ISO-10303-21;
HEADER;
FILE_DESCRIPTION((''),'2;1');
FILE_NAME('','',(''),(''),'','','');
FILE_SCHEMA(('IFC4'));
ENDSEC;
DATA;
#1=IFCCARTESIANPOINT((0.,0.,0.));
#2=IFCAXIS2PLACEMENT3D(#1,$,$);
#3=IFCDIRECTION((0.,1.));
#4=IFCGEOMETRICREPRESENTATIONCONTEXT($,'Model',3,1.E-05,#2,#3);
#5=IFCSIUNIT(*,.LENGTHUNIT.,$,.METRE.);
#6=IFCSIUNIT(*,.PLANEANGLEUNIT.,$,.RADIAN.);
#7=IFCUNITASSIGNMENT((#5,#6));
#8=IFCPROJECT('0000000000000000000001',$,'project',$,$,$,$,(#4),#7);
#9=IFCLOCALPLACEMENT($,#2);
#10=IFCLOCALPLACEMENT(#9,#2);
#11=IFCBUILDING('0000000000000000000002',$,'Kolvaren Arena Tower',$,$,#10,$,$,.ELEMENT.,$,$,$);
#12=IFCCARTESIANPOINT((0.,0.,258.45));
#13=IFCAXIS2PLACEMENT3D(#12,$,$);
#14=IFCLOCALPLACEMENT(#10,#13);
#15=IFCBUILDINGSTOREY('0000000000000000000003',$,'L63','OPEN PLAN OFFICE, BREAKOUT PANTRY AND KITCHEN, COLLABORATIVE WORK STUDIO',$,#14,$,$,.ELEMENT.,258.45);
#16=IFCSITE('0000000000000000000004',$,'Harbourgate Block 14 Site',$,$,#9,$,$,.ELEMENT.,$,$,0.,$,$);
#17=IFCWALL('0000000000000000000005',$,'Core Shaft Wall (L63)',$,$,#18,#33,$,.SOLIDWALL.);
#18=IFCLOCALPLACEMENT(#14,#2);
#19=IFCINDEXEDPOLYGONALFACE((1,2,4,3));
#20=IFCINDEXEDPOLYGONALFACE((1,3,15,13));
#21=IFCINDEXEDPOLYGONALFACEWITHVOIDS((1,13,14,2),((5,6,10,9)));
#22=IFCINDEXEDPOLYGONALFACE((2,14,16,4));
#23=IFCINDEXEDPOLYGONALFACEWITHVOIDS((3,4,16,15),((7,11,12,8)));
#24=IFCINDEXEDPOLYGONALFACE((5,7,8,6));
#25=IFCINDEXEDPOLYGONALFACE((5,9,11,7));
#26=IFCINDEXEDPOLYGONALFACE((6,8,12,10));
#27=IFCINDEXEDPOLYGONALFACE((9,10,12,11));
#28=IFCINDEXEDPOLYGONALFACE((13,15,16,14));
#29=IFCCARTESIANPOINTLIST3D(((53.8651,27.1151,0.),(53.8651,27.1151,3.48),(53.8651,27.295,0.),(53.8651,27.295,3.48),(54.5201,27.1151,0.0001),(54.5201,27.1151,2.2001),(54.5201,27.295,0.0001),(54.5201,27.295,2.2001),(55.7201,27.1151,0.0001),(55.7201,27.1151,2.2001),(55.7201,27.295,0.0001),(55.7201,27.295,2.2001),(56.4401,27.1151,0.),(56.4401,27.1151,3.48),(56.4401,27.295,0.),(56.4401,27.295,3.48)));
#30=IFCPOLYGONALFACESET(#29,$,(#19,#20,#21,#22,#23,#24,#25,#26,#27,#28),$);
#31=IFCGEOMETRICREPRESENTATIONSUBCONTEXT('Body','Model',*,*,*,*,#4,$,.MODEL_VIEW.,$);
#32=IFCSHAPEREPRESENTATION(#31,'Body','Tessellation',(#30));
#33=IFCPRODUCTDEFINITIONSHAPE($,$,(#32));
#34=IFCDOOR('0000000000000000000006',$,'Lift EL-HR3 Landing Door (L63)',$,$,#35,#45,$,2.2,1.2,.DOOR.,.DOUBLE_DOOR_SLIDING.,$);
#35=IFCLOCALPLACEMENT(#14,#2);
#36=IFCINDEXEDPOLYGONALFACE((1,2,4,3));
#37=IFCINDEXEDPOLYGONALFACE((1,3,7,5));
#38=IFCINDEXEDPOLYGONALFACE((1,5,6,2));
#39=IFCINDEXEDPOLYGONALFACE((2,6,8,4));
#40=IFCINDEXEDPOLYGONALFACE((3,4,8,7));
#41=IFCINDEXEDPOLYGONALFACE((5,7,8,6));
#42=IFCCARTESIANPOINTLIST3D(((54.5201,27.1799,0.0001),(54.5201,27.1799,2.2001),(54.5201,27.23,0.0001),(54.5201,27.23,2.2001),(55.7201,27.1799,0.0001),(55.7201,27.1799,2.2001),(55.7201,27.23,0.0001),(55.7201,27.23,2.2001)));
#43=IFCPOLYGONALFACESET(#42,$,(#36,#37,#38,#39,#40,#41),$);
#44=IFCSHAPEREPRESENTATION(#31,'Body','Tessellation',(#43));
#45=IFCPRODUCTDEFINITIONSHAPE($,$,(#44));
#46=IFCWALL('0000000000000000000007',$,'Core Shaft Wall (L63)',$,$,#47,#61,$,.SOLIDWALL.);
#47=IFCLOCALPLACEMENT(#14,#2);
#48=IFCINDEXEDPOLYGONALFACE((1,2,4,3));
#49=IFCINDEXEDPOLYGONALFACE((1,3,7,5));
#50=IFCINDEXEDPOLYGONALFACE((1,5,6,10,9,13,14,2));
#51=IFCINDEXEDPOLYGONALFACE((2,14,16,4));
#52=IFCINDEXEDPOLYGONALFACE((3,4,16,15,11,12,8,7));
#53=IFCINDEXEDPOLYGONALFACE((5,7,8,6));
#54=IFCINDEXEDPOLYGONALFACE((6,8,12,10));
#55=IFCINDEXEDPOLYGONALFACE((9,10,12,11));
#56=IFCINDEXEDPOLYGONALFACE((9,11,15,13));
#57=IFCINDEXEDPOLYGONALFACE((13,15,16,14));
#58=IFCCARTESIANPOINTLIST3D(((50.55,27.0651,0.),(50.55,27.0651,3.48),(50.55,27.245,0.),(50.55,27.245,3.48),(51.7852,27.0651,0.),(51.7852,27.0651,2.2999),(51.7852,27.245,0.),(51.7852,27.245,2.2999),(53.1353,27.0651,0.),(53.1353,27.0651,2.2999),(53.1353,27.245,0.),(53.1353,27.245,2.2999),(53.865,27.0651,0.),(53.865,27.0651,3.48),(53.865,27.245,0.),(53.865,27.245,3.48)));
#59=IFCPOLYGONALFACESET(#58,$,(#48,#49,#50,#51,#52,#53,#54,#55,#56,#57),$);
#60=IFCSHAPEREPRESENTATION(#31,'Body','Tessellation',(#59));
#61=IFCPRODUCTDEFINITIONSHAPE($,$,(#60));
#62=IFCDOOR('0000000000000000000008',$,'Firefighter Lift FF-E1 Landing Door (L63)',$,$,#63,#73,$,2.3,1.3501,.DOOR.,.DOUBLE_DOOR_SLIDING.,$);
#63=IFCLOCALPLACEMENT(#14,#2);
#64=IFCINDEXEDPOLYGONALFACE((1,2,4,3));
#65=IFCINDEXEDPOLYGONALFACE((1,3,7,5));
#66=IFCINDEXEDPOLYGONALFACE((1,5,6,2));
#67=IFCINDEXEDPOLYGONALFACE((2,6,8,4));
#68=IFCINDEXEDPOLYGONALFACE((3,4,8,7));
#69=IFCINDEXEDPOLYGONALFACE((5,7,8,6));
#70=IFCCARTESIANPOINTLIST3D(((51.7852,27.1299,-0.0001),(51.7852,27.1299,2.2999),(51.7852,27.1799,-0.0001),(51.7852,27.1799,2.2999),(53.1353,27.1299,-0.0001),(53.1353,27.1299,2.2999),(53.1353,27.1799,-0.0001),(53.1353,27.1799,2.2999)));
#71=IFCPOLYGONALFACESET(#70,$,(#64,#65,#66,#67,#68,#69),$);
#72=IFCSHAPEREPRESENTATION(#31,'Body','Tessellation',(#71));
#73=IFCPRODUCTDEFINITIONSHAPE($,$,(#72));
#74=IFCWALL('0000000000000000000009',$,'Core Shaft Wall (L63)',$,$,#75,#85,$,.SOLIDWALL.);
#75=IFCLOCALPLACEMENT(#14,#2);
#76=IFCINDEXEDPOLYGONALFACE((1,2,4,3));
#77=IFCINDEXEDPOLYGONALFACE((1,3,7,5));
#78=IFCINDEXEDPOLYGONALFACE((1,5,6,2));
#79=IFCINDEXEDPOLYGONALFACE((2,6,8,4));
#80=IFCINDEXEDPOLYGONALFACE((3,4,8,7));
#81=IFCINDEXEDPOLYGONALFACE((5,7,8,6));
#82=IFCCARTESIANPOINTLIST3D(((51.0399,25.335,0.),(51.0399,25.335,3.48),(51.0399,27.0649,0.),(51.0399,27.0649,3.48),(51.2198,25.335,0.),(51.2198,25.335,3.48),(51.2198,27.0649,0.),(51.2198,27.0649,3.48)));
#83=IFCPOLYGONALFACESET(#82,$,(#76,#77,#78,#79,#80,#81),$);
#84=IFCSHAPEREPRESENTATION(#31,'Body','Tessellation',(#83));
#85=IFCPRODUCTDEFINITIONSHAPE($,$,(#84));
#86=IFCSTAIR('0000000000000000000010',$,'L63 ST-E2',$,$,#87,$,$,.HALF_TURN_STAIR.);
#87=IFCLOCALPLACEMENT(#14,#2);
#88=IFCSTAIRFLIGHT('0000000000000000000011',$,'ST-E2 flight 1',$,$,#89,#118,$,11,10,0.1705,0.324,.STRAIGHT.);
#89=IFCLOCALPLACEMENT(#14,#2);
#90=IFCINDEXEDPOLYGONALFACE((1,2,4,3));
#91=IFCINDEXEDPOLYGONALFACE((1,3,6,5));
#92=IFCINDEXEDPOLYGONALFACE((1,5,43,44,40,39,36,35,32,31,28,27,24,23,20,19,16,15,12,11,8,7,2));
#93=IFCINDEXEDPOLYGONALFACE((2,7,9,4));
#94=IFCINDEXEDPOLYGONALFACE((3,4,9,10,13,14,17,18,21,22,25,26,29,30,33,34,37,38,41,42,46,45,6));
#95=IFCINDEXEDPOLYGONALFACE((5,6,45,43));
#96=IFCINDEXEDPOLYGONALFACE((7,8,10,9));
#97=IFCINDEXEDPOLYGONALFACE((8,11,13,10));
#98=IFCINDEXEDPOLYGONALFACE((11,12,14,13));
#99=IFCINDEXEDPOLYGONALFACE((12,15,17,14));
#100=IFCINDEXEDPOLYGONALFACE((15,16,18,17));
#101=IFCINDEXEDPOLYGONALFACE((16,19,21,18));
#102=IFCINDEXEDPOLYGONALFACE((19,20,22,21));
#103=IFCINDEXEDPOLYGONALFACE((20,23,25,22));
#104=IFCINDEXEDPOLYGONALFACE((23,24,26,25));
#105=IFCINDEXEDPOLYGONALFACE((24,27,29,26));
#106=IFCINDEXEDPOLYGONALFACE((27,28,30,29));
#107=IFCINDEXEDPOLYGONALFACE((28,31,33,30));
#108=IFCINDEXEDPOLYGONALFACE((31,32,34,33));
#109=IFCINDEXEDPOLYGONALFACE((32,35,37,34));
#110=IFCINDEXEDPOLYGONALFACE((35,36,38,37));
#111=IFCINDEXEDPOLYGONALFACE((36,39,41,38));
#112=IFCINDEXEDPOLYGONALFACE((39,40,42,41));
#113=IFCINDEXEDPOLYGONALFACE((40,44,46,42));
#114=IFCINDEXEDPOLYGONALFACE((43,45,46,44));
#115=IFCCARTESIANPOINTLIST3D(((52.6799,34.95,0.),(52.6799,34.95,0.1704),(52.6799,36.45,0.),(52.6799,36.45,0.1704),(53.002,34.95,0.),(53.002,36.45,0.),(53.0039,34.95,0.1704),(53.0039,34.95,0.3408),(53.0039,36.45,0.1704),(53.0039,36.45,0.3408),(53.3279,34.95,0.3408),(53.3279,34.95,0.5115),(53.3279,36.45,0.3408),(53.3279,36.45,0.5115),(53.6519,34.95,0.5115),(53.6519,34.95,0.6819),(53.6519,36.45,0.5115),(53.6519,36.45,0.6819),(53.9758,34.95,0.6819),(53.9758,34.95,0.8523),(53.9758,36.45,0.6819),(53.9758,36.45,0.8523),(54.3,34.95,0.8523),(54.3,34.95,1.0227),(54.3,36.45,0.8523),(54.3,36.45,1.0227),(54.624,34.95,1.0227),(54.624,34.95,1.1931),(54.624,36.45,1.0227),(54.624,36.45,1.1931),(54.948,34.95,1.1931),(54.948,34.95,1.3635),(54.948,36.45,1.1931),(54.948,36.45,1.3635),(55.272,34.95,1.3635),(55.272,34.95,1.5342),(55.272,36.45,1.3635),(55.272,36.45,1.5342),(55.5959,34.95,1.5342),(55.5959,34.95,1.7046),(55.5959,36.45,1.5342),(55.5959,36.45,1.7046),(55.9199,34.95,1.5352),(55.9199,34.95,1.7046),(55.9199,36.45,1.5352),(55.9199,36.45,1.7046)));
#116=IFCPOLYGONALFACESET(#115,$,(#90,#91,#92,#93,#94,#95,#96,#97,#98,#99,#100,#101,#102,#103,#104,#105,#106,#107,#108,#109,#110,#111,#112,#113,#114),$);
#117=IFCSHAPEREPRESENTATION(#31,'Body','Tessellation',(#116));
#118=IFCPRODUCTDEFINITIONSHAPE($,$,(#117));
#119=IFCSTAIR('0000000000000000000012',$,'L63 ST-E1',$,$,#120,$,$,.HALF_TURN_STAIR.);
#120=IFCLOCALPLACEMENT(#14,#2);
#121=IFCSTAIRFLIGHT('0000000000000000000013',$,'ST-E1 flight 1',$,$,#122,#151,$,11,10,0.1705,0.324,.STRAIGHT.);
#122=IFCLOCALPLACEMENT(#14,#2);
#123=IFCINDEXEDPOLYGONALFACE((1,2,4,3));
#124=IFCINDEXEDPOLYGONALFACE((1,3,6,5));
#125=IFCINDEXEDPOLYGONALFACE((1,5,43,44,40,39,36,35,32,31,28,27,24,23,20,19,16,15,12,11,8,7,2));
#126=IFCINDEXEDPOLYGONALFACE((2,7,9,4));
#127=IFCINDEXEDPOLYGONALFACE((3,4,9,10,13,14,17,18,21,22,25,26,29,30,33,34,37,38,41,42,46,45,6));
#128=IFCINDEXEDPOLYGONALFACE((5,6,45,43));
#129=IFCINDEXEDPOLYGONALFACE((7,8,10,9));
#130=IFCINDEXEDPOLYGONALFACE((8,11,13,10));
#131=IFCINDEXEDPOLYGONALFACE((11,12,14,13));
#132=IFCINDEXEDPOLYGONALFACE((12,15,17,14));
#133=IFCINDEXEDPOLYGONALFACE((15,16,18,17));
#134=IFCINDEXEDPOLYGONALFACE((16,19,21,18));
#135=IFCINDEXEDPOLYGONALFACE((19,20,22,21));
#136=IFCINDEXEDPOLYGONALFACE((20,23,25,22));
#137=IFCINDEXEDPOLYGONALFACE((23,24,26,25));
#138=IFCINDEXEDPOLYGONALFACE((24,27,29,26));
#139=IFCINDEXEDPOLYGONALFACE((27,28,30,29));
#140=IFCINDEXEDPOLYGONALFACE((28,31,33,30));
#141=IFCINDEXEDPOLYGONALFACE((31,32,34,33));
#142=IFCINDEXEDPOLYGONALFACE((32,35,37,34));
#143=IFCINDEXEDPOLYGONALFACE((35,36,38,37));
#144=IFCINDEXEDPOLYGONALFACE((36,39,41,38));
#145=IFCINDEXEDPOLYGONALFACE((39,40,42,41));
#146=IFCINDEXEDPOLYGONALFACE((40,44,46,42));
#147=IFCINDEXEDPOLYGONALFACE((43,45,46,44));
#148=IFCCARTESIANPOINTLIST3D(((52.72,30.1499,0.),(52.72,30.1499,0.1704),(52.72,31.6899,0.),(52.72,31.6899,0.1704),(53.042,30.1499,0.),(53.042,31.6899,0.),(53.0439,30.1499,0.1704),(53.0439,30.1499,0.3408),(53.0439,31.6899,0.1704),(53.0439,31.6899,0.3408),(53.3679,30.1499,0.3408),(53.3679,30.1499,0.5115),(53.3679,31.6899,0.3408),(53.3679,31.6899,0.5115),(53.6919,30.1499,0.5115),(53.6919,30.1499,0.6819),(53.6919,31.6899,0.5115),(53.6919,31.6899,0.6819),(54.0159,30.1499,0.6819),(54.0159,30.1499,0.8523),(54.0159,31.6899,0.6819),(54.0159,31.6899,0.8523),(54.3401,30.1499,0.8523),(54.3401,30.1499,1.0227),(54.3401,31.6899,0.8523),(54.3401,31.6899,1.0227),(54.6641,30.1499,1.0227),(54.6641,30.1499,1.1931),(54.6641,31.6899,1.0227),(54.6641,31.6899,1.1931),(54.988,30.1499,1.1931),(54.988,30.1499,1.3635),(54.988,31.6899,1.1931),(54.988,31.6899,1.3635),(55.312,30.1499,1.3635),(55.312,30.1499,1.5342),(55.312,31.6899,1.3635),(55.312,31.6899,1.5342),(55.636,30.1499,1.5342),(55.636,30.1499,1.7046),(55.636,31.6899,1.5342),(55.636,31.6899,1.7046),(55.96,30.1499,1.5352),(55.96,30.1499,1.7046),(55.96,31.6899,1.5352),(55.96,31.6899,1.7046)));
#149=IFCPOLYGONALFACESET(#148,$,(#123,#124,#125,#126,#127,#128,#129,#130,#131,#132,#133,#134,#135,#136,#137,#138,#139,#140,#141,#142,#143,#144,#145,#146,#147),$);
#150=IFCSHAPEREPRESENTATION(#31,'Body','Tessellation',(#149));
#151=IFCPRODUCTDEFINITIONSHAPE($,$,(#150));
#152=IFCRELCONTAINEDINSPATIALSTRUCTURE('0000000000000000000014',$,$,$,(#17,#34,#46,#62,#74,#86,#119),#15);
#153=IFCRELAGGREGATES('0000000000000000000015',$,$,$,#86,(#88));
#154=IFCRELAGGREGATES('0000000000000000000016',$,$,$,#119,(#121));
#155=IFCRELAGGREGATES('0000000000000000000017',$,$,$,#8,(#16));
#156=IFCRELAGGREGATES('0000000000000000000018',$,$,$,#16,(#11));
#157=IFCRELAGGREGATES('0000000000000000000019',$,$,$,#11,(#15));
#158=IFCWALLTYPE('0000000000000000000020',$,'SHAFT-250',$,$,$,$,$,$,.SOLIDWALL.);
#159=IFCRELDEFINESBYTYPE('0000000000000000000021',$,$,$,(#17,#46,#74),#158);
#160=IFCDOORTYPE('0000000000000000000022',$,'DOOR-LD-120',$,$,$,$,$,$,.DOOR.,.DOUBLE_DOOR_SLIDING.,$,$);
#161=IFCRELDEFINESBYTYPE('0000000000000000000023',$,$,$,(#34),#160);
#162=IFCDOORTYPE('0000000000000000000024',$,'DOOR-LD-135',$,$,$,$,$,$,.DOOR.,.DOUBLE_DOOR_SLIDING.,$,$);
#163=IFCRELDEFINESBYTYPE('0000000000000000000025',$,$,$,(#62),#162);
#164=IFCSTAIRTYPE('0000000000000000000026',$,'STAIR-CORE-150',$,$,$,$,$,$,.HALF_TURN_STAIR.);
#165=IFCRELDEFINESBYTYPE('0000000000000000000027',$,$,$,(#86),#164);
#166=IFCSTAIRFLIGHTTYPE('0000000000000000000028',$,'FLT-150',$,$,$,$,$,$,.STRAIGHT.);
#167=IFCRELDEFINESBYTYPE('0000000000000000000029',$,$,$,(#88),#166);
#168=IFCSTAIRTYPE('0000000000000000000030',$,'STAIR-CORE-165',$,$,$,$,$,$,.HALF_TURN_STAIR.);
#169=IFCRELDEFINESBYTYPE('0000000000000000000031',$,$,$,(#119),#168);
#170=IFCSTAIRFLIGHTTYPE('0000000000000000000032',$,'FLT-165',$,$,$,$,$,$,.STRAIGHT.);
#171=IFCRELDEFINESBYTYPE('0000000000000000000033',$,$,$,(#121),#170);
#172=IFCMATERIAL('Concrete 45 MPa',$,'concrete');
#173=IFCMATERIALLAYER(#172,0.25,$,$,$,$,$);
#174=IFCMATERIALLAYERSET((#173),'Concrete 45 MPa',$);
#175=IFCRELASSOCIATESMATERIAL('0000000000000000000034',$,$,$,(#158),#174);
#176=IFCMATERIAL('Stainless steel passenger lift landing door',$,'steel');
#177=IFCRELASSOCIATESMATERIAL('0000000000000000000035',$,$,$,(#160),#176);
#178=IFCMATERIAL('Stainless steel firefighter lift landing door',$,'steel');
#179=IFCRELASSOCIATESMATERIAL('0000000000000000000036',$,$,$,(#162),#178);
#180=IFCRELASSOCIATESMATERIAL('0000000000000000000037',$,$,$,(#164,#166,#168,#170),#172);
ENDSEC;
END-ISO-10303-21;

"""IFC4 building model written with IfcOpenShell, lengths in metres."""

from ifc_helpers import new_model, si_unit, direction, frame, frame_2d, origin, place, context, subcontext, project, spatial, polyline, rectangle, outline, extrude, material, layer, layer_set, type_object, element, fill, aggregate, save


model = new_model("IFC4")

# Units and contexts
model_context = context("Model", 3, precision=1e-05, world=origin(), true_north=direction((0.0, 1.0)))
body_context = subcontext(model_context, "Body", "Model", "MODEL_VIEW")
ifc_project = project(units=[si_unit("LENGTHUNIT", "METRE"), si_unit("PLANEANGLEUNIT", "RADIAN")], contexts=[model_context])

# Site, building, storey
site_placement = place(None, origin())
site = spatial("IfcSite", under=ifc_project, at=site_placement, Name="Harbourgate Block 14 Site", CompositionType="ELEMENT", RefElevation=0.0)
building_placement = place(site_placement, origin())
building = spatial("IfcBuilding", under=site, at=building_placement, Name="Kolvaren Arena Tower", CompositionType="ELEMENT")
storey_placement = place(building_placement, frame((0.0, 0.0, 258.45)))
storey = spatial("IfcBuildingStorey", under=building, at=storey_placement, Name="L63", Description="OPEN PLAN OFFICE, BREAKOUT PANTRY AND KITCHEN, COLLABORATIVE WORK STUDIO", CompositionType="ELEMENT", Elevation=258.45)

# Shared definitions
ifc_material_1 = material(Name="Concrete 45 MPa", Category="concrete")
ifc_layer_1 = layer(ifc_material_1, 0.25)
ifc_layer_set_1 = layer_set([ifc_layer_1], Name="Concrete 45 MPa")
wall_type_1 = type_object("IfcWallType", Name="SHAFT-250", PredefinedType="SOLIDWALL", material=ifc_layer_set_1)

# Walls, openings, doors
wall_1_placement = place(storey_placement, frame((53.865, 27.2051, 0.0), z_axis=(0.0, 0.0, 1.0), x_axis=(1.0, 0.0, 0.0)))
wall_1 = element("IfcWall", 1, at=wall_1_placement, inside=storey, type_object=wall_type_1, Name="Core Shaft Wall (L63)", PredefinedType="SOLIDWALL", context=body_context, shape_type="SweptSolid", body=[
    extrude(rectangle(XDim=2.575, YDim=0.1799, at=frame_2d((1.2876, 0.0))), origin(), (0.0, 0.0, 1.0), 3.48),
])
opening_1_placement = place(wall_1_placement, frame((0.655, 0.0, 0.0)))
opening_1 = element("IfcOpeningElement", 2, at=opening_1_placement, cuts=wall_1, PredefinedType="OPENING", context=body_context, shape_type="SweptSolid", body=[
    extrude(rectangle(XDim=1.2, YDim=2.2, at=frame_2d((0.6001, 1.1001))), frame((0.0, 0.0999, 0.0), z_axis=(0.0, -1.0, 0.0), x_axis=(1.0, 0.0, 0.0)), (0.0, 0.0, 1.0), 0.2),
])
ifc_material_2 = material(Name="Stainless steel passenger lift landing door", Category="steel")
door_type_1 = type_object("IfcDoorType", Name="DOOR-LD-120", OperationType="DOUBLE_DOOR_SLIDING", PredefinedType="DOOR", material=ifc_material_2)
door_1_placement = place(opening_1_placement, origin())
door_1 = element("IfcDoor", 3, at=door_1_placement, inside=storey, type_object=door_type_1, Name="Lift EL-HR3 Landing Door (L63)", OperationType="DOUBLE_DOOR_SLIDING", OverallHeight=2.2, OverallWidth=1.2, PredefinedType="DOOR", context=body_context, shape_type="SweptSolid", body=[
    extrude(rectangle(XDim=1.2, YDim=2.2, at=frame_2d((0.6001, 1.1001))), frame((0.0, 0.0249, 0.0), z_axis=(0.0, -1.0, 0.0), x_axis=(1.0, 0.0, 0.0)), (0.0, 0.0, 1.0), 0.05),
])
fill(opening_1, door_1)
wall_2_placement = place(storey_placement, frame((50.55, 27.155, 0.0), z_axis=(0.0, 0.0, 1.0), x_axis=(1.0, 0.0, 0.0)))
wall_2 = element("IfcWall", 4, at=wall_2_placement, inside=storey, type_object=wall_type_1, Name="Core Shaft Wall (L63)", PredefinedType="SOLIDWALL", context=body_context, shape_type="SweptSolid", body=[
    extrude(rectangle(XDim=3.3149, YDim=0.1799, at=frame_2d((1.6575, 0.0))), origin(), (0.0, 0.0, 1.0), 3.48),
])
opening_2_placement = place(wall_2_placement, frame((1.2351, 0.0, 0.0)))
opening_2 = element("IfcOpeningElement", 5, at=opening_2_placement, cuts=wall_2, PredefinedType="OPENING", context=body_context, shape_type="SweptSolid", body=[
    extrude(rectangle(XDim=1.3501, YDim=2.3, at=frame_2d((0.675, 1.1499))), frame((0.0, 0.0999, 0.0), z_axis=(0.0, -1.0, 0.0), x_axis=(1.0, 0.0, 0.0)), (0.0, 0.0, 1.0), 0.2),
])
ifc_material_3 = material(Name="Stainless steel firefighter lift landing door", Category="steel")
door_type_2 = type_object("IfcDoorType", Name="DOOR-LD-135", OperationType="DOUBLE_DOOR_SLIDING", PredefinedType="DOOR", material=ifc_material_3)
door_2_placement = place(opening_2_placement, origin())
door_2 = element("IfcDoor", 6, at=door_2_placement, inside=storey, type_object=door_type_2, Name="Firefighter Lift FF-E1 Landing Door (L63)", OperationType="DOUBLE_DOOR_SLIDING", OverallHeight=2.3, OverallWidth=1.3501, PredefinedType="DOOR", context=body_context, shape_type="SweptSolid", body=[
    extrude(rectangle(XDim=1.3501, YDim=2.3, at=frame_2d((0.675, 1.1499))), frame((0.0, 0.0249, 0.0), z_axis=(0.0, -1.0, 0.0), x_axis=(1.0, 0.0, 0.0)), (0.0, 0.0, 1.0), 0.05),
])
fill(opening_2, door_2)

# Wall
wall_3_placement = place(storey_placement, frame((51.1299, 25.335, 0.0), z_axis=(0.0, 0.0, 1.0), x_axis=(0.0, 1.0, 0.0)))
element("IfcWall", 7, at=wall_3_placement, inside=storey, type_object=wall_type_1, Name="Core Shaft Wall (L63)", PredefinedType="SOLIDWALL", context=body_context, shape_type="SweptSolid", body=[
    extrude(rectangle(XDim=1.73, YDim=0.1799, at=frame_2d((0.865, 0.0))), origin(), (0.0, 0.0, 1.0), 3.48),
])

# Stairs, stair flights
stair_type_1 = type_object("IfcStairType", Name="STAIR-CORE-150", PredefinedType="HALF_TURN_STAIR", material=ifc_material_1)
stair_1_placement = place(storey_placement, origin())
stair_1 = element("IfcStair", 8, at=stair_1_placement, inside=storey, type_object=stair_type_1, Name="L63 ST-E2", PredefinedType="HALF_TURN_STAIR")
stair_flight_type_1 = type_object("IfcStairFlightType", Name="FLT-150", PredefinedType="STRAIGHT", material=ifc_material_1)
stair_flight_1_placement = place(storey_placement, frame((52.6799, 35.7, 0.0), z_axis=(0.0, 0.0, 1.0), x_axis=(1.0, 0.0, 0.0)))
stair_flight_1 = element("IfcStairFlight", 9, at=stair_flight_1_placement, type_object=stair_flight_type_1, Name="ST-E2 flight 1", NumberOfRisers=11, NumberOfTreads=10, PredefinedType="STRAIGHT", RiserHeight=0.1705, TreadLength=0.324, context=body_context, shape_type="SweptSolid", body=[
    extrude(outline(polyline([(0.0, 0.0), (0.0, 0.1704), (0.324, 0.1704), (0.324, 0.3408), (0.6479, 0.3408), (0.6479, 0.5115), (0.9719, 0.5115), (0.9719, 0.6819), (1.2959, 0.6819), (1.2959, 0.8523), (1.6201, 0.8523), (1.6201, 1.0227), (1.9441, 1.0227), (1.9441, 1.1931), (2.2681, 1.1931), (2.2681, 1.3635), (2.592, 1.3635), (2.592, 1.5342), (2.916, 1.5342), (2.916, 1.7046), (3.24, 1.7046), (3.24, 1.875), (3.24, 1.5352), (0.322, 0.0), (0.0, 0.0)])), frame((0.0, 0.75, 0.0), z_axis=(0.0, -1.0, 0.0), x_axis=(1.0, 0.0, 0.0)), (0.0, 0.0, 1.0), 1.5),
])
aggregate(stair_1, [stair_flight_1])
stair_type_2 = type_object("IfcStairType", Name="STAIR-CORE-165", PredefinedType="HALF_TURN_STAIR", material=ifc_material_1)
stair_2_placement = place(storey_placement, origin())
stair_2 = element("IfcStair", 10, at=stair_2_placement, inside=storey, type_object=stair_type_2, Name="L63 ST-E1", PredefinedType="HALF_TURN_STAIR")
stair_flight_type_2 = type_object("IfcStairFlightType", Name="FLT-165", PredefinedType="STRAIGHT", material=ifc_material_1)
stair_flight_2_placement = place(storey_placement, frame((52.72, 30.9199, 0.0), z_axis=(0.0, 0.0, 1.0), x_axis=(1.0, 0.0, 0.0)))
stair_flight_2 = element("IfcStairFlight", 11, at=stair_flight_2_placement, type_object=stair_flight_type_2, Name="ST-E1 flight 1", NumberOfRisers=11, NumberOfTreads=10, PredefinedType="STRAIGHT", RiserHeight=0.1705, TreadLength=0.324, context=body_context, shape_type="SweptSolid", body=[
    extrude(outline(polyline([(0.0, 0.0), (0.0, 0.1704), (0.324, 0.1704), (0.324, 0.3408), (0.6479, 0.3408), (0.6479, 0.5115), (0.9719, 0.5115), (0.9719, 0.6819), (1.2959, 0.6819), (1.2959, 0.8523), (1.6201, 0.8523), (1.6201, 1.0227), (1.9441, 1.0227), (1.9441, 1.1931), (2.2681, 1.1931), (2.2681, 1.3635), (2.592, 1.3635), (2.592, 1.5342), (2.916, 1.5342), (2.916, 1.7046), (3.24, 1.7046), (3.24, 1.875), (3.24, 1.5352), (0.322, 0.0), (0.0, 0.0)])), frame((0.0, 0.77, 0.0), z_axis=(0.0, -1.0, 0.0), x_axis=(1.0, 0.0, 0.0)), (0.0, 0.0, 1.0), 1.54),
])
aggregate(stair_2, [stair_flight_2])

save(model, "model.ifc")
